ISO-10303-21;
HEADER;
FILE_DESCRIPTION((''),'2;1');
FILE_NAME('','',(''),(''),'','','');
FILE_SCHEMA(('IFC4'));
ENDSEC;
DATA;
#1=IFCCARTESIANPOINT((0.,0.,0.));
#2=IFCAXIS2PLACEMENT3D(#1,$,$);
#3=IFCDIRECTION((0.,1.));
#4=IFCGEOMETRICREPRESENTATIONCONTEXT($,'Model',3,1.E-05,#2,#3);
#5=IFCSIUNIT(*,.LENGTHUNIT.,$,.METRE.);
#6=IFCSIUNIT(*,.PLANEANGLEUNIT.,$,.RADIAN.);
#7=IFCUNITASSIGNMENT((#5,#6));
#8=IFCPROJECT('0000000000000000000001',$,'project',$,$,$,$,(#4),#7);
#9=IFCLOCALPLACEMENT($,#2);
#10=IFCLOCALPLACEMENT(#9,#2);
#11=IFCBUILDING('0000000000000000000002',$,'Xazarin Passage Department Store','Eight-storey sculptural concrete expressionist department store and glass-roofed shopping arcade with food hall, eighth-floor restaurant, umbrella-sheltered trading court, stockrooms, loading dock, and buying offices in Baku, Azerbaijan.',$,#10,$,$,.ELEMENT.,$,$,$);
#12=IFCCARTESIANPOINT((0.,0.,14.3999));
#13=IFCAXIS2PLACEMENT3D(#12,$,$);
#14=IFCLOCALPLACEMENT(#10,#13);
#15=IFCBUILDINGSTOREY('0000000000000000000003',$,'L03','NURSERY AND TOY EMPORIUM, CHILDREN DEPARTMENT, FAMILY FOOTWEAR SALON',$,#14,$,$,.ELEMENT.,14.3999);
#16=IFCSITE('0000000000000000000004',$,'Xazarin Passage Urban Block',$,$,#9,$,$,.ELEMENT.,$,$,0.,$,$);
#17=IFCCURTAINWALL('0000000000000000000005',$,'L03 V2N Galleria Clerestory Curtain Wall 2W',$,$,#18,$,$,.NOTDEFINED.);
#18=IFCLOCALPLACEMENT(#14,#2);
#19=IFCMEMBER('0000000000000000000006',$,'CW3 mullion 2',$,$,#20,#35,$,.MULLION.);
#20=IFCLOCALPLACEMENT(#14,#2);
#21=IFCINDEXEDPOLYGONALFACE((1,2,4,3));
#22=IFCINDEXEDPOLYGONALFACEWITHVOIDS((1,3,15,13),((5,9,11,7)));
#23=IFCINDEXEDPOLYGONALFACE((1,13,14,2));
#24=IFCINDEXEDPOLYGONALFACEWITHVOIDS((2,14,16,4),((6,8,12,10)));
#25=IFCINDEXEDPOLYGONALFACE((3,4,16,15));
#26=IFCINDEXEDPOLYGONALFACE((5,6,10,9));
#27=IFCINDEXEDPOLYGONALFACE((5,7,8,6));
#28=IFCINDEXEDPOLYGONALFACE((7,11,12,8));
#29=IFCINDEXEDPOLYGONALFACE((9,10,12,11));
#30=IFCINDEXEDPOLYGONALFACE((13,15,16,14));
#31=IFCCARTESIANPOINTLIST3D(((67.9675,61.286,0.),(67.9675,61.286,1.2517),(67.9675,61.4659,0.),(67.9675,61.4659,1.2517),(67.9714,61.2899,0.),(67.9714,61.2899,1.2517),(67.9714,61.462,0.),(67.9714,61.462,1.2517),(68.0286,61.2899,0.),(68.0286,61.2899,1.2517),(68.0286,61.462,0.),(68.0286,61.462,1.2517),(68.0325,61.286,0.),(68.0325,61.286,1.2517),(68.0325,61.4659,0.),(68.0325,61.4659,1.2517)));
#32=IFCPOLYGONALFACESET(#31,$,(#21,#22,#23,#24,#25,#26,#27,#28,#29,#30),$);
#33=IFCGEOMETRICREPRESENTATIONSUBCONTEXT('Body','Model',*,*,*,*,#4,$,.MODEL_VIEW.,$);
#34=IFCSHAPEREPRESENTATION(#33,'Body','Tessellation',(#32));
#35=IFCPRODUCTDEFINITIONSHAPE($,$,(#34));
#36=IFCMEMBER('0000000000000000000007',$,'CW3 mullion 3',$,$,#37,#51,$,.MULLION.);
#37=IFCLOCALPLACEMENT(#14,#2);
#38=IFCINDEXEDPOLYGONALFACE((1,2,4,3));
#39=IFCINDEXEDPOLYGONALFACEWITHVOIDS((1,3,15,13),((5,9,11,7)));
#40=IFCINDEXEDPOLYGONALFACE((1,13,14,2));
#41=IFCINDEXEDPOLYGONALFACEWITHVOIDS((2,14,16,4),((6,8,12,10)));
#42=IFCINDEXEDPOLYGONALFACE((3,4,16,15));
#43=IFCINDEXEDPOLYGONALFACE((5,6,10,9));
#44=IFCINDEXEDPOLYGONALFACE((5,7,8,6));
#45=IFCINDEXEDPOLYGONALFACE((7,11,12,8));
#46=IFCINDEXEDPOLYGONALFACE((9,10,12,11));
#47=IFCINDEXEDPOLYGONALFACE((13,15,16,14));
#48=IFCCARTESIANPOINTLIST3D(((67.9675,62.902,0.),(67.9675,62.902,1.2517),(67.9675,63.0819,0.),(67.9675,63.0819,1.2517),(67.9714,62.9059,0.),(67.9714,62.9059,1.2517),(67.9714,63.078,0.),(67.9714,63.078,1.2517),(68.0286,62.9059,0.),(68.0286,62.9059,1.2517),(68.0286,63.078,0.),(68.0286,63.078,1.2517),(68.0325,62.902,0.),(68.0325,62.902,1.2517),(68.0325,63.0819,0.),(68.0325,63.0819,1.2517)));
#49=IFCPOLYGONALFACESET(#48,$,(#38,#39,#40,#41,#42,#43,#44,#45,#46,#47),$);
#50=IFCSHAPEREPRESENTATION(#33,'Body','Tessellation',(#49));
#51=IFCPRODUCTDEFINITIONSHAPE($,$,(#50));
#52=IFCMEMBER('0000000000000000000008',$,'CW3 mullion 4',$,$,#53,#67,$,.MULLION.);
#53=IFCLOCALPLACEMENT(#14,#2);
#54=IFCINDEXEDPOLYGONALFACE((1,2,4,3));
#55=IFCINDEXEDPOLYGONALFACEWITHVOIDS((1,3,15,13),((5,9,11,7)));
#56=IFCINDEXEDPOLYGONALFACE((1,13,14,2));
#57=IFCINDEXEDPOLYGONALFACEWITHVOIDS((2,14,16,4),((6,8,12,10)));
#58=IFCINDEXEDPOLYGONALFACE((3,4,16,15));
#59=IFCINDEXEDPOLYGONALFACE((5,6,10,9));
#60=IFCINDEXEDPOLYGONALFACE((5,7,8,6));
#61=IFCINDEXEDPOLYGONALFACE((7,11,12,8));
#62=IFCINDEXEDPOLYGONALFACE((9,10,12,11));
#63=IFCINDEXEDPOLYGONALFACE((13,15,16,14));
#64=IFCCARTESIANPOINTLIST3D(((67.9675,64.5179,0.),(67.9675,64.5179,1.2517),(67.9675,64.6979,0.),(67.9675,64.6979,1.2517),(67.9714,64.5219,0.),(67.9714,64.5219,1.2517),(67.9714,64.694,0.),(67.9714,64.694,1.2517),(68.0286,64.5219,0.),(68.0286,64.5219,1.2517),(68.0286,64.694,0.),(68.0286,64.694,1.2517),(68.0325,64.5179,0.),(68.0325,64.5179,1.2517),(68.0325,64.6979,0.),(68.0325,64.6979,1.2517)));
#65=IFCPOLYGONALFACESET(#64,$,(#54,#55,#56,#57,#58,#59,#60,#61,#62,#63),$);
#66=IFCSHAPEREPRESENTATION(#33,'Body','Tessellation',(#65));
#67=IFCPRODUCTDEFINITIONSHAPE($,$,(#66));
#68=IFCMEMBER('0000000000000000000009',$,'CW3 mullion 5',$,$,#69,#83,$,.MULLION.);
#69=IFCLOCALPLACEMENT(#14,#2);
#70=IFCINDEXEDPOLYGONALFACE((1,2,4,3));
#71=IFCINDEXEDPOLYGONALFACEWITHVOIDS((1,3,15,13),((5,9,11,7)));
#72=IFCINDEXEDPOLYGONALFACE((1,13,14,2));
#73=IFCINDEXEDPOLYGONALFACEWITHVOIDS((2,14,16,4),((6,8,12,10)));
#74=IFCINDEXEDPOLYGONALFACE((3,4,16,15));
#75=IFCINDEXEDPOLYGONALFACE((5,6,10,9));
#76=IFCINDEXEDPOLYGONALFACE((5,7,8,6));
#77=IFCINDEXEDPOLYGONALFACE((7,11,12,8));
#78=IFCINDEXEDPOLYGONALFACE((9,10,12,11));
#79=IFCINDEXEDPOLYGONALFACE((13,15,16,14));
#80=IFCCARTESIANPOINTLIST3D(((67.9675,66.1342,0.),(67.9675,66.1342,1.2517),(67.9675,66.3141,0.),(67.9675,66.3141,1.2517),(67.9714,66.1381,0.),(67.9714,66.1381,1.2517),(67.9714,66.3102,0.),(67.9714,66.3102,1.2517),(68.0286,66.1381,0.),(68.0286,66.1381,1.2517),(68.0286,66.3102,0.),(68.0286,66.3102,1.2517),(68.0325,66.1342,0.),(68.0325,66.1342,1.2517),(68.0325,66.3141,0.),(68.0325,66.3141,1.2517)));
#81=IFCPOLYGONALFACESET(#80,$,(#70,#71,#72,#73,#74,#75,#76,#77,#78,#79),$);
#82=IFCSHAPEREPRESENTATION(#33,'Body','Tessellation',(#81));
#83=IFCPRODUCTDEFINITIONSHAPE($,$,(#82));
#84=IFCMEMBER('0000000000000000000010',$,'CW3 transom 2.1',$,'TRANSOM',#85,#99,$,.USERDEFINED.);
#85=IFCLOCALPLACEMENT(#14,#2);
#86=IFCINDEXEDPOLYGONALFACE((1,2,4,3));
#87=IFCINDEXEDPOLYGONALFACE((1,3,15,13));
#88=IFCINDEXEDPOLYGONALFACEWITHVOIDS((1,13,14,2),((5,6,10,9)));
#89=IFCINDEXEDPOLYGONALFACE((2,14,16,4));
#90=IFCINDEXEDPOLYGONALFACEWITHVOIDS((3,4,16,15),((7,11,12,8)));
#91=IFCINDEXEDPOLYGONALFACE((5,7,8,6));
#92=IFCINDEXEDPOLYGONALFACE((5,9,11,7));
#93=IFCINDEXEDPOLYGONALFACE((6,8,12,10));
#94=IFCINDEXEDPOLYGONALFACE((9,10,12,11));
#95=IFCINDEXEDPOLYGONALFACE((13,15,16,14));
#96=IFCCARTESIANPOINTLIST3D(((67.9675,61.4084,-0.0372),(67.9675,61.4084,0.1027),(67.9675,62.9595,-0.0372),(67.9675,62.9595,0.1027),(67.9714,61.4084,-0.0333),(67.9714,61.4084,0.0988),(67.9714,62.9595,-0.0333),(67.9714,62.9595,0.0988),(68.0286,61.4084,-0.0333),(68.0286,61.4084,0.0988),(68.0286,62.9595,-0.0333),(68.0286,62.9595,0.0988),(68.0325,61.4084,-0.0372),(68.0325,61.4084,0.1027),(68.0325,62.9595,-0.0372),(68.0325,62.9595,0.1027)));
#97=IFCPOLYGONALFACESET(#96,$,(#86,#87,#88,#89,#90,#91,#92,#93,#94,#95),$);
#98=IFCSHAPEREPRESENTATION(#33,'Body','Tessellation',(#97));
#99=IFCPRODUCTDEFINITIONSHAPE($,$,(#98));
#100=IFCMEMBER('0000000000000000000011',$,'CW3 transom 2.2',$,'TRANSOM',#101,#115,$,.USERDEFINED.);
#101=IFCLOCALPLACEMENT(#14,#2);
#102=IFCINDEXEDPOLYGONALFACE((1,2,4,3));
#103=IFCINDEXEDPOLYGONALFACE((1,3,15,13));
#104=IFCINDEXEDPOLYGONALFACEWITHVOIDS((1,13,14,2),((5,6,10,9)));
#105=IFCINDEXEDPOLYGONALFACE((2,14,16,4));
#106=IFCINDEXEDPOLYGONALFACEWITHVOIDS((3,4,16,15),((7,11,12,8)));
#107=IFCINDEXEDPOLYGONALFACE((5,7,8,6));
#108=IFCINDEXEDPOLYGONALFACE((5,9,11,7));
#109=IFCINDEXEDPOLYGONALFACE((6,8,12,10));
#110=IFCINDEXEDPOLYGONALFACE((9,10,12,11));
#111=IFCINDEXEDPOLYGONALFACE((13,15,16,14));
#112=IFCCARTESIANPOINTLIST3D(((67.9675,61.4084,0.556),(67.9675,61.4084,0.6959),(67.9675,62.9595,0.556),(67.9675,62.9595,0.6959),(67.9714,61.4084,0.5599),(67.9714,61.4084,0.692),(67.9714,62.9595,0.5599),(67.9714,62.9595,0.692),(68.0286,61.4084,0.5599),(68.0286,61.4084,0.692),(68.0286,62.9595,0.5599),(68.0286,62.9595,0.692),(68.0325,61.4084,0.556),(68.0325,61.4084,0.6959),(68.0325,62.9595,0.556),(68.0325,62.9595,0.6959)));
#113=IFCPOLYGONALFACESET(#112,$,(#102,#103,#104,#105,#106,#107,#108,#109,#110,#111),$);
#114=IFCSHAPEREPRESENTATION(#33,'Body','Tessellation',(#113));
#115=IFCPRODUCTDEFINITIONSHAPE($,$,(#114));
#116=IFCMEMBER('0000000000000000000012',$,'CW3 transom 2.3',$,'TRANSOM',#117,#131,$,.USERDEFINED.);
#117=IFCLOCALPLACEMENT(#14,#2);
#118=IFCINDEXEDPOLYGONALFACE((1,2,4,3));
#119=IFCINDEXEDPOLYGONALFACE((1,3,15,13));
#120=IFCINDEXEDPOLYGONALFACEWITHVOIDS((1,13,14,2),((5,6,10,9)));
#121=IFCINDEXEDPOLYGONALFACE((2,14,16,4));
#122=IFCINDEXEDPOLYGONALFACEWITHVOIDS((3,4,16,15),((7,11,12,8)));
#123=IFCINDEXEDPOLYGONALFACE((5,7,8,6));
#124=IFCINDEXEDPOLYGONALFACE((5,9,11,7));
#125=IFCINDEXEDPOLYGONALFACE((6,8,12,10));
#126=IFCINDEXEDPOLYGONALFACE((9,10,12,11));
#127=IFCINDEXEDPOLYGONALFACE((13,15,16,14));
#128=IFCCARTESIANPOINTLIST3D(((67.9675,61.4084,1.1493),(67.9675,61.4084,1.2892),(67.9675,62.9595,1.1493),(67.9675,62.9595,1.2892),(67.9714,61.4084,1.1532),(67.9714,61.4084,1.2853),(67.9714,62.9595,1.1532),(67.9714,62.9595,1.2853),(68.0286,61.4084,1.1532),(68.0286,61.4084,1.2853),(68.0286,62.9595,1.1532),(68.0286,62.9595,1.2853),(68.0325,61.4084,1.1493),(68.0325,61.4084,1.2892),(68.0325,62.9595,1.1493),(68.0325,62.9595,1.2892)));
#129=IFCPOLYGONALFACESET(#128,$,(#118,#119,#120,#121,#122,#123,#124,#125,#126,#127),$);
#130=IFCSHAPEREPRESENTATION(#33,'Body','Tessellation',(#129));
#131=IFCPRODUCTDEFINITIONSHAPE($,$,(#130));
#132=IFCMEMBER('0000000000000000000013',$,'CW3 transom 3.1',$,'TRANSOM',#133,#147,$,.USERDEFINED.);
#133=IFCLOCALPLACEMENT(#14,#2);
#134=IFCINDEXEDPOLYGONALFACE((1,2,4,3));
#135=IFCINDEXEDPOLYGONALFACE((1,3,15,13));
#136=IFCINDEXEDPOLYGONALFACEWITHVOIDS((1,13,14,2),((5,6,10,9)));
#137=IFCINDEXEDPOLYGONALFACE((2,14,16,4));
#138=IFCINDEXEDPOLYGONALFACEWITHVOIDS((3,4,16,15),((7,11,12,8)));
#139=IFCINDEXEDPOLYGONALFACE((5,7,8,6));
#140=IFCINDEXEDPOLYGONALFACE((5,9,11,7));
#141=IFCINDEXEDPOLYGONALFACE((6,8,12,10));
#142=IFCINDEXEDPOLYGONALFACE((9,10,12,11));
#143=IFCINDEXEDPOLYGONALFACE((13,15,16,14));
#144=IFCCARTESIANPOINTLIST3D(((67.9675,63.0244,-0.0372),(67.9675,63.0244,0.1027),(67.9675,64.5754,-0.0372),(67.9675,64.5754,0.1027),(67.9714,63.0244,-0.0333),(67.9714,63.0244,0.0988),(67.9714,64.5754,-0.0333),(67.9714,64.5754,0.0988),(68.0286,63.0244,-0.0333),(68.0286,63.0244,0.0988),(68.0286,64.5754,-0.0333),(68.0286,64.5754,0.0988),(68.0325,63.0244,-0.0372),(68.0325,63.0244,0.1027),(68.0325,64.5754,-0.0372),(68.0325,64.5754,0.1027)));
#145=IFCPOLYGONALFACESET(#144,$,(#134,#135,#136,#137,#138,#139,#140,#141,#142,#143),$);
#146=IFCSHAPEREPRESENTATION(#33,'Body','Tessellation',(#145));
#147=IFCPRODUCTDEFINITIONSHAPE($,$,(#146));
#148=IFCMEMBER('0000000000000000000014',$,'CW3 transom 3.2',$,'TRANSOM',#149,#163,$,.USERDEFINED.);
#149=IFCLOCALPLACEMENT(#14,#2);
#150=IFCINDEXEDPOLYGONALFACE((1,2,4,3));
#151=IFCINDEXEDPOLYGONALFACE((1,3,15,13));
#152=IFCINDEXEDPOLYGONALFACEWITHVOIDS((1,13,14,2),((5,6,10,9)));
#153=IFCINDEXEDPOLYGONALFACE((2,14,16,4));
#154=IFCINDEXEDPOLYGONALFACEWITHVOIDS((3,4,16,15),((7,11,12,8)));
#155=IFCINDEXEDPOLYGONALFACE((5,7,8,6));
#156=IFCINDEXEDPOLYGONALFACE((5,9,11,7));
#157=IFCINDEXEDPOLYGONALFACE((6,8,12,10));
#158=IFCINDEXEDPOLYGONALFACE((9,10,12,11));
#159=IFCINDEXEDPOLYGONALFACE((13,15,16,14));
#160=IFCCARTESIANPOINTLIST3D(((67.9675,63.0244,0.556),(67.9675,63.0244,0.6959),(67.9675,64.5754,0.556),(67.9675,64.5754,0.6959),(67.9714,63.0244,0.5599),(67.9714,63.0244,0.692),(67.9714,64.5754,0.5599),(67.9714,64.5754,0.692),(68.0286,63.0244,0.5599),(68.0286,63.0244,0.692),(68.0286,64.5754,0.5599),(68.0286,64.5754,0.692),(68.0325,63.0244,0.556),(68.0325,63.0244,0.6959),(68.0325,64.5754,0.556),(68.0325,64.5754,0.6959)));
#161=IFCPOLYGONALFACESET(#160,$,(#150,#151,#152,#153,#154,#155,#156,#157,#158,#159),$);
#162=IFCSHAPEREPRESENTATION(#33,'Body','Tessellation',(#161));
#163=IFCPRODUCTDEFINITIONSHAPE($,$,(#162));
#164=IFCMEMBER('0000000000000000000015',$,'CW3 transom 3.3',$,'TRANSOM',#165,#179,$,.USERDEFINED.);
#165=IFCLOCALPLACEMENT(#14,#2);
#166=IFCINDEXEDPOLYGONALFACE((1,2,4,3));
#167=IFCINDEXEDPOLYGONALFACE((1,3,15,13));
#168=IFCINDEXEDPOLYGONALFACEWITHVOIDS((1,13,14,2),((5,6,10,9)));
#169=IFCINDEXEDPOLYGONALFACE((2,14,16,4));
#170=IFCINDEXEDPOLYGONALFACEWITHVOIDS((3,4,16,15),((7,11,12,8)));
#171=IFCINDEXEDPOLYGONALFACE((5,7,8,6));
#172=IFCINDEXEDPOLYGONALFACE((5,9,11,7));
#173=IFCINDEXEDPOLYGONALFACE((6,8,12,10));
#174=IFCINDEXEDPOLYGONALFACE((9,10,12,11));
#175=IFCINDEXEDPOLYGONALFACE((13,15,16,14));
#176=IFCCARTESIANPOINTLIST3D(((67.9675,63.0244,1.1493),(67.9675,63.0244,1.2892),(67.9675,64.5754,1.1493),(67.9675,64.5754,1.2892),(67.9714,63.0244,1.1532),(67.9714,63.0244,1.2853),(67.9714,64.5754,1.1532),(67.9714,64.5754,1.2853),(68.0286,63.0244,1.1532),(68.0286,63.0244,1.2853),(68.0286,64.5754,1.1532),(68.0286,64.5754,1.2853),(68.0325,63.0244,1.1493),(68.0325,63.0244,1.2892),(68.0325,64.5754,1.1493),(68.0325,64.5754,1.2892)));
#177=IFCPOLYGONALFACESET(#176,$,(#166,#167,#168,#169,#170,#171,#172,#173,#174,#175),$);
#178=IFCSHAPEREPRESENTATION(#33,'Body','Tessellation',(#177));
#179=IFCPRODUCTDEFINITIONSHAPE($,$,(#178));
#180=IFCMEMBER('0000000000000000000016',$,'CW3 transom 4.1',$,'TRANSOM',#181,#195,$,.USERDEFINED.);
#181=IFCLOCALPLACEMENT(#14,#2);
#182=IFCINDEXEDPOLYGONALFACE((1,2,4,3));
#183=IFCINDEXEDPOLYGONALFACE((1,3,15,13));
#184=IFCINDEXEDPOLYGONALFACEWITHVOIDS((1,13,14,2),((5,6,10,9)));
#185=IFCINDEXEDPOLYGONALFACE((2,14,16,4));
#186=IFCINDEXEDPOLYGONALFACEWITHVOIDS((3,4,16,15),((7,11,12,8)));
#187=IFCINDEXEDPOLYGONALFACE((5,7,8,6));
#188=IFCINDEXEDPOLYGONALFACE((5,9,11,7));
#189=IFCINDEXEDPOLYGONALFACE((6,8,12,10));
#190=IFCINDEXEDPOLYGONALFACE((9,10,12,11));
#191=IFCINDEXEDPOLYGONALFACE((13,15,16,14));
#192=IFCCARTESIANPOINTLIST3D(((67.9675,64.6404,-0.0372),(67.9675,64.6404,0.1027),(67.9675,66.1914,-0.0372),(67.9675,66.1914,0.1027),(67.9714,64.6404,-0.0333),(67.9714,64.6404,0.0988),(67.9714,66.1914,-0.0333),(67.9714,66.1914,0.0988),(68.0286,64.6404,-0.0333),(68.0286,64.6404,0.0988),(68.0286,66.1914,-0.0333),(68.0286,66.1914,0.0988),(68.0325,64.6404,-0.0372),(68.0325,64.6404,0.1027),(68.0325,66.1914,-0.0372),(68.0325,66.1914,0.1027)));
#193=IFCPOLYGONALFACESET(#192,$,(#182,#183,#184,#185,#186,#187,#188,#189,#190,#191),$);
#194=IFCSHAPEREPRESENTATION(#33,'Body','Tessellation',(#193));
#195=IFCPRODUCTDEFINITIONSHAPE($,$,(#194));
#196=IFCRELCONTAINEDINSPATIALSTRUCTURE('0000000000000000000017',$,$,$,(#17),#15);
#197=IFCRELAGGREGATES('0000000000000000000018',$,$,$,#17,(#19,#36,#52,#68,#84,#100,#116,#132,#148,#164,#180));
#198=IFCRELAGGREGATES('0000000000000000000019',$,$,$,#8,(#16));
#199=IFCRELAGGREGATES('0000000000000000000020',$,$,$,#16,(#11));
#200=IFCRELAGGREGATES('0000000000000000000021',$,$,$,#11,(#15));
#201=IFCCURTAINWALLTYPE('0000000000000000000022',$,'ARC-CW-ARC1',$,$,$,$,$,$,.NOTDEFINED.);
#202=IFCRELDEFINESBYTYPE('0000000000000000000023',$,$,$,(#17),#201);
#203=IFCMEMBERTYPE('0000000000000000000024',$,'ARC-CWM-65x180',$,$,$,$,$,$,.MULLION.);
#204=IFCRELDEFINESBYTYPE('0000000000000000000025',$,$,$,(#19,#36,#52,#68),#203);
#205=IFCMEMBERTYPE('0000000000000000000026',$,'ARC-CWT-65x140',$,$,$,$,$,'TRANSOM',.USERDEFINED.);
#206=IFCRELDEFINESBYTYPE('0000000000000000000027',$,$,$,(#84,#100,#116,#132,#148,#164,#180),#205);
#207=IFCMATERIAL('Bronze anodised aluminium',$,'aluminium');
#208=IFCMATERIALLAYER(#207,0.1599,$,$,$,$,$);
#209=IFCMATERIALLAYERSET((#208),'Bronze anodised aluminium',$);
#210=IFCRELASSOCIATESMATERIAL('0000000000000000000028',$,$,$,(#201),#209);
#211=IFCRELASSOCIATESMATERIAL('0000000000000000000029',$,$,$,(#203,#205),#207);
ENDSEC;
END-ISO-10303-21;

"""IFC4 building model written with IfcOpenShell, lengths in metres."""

from ifc_helpers import new_model, si_unit, direction, frame, origin, origin_2d, place, context, subcontext, project, spatial, hollow_rectangle, extrude, material, layer, layer_set, material_profile, profile_set, type_object, element, aggregate, save


model = new_model("IFC4")

# Units and contexts
model_context = context("Model", 3, precision=1e-05, world=origin(), true_north=direction((0.0, 1.0)))
body_context = subcontext(model_context, "Body", "Model", "MODEL_VIEW")
ifc_project = project(units=[si_unit("LENGTHUNIT", "METRE"), si_unit("PLANEANGLEUNIT", "RADIAN")], contexts=[model_context])

# Site, building, storey
site_placement = place(None, origin())
site = spatial("IfcSite", under=ifc_project, at=site_placement, Name="Xazarin Passage Urban Block", CompositionType="ELEMENT", RefElevation=0.0)
building_placement = place(site_placement, origin())
building = spatial("IfcBuilding", under=site, at=building_placement, Name="Xazarin Passage Department Store", Description="Eight-storey sculptural concrete expressionist department store and glass-roofed shopping arcade with food hall, eighth-floor restaurant, umbrella-sheltered trading court, stockrooms, loading dock, and buying offices in Baku, Azerbaijan.", CompositionType="ELEMENT")
storey_placement = place(building_placement, frame((0.0, 0.0, 14.3999)))
storey = spatial("IfcBuildingStorey", under=building, at=storey_placement, Name="L03", Description="NURSERY AND TOY EMPORIUM, CHILDREN DEPARTMENT, FAMILY FOOTWEAR SALON", CompositionType="ELEMENT", Elevation=14.3999)

# Curtain wall, members
ifc_material_1 = material(Name="Bronze anodised aluminium", Category="aluminium")
ifc_layer_1 = layer(ifc_material_1, 0.1599)
ifc_layer_set_1 = layer_set([ifc_layer_1], Name="Bronze anodised aluminium")
curtain_wall_type = type_object("IfcCurtainWallType", Name="ARC-CW-ARC1", PredefinedType="NOTDEFINED", material=ifc_layer_set_1)
curtain_wall_placement = place(storey_placement, origin())
curtain_wall = element("IfcCurtainWall", 1, at=curtain_wall_placement, inside=storey, type_object=curtain_wall_type, Name="L03 V2N Galleria Clerestory Curtain Wall 2W", PredefinedType="NOTDEFINED")
ifc_material_profile_1 = material_profile(ifc_material_1, hollow_rectangle(XDim=0.0649, YDim=0.1799, WallThickness=0.0039, at=origin_2d()), Name="ALU 65x180")
ifc_profile_set_1 = profile_set([ifc_material_profile_1], Name="Bronze anodised aluminium")
member_type_1 = type_object("IfcMemberType", Name="ARC-CWM-65x180", PredefinedType="MULLION", material=ifc_profile_set_1)
member_1_placement = place(storey_placement, frame((68.0, 61.376, 0.0), z_axis=(0.0, 0.0, 1.0), x_axis=(-1.0, 0.0, 0.0)))
member_1 = element("IfcMember", 2, at=member_1_placement, type_object=member_type_1, Name="CW3 mullion 2", PredefinedType="MULLION", context=body_context, shape_type="SweptSolid", body=[
    extrude(hollow_rectangle(XDim=0.0649, YDim=0.1799, WallThickness=0.0039, at=origin_2d()), origin(), (0.0, 0.0, 1.0), 1.2517),
])
member_2_placement = place(storey_placement, frame((68.0, 62.9919, 0.0), z_axis=(0.0, 0.0, 1.0), x_axis=(-1.0, 0.0, 0.0)))
member_2 = element("IfcMember", 3, at=member_2_placement, type_object=member_type_1, Name="CW3 mullion 3", PredefinedType="MULLION", context=body_context, shape_type="SweptSolid", body=[
    extrude(hollow_rectangle(XDim=0.0649, YDim=0.1799, WallThickness=0.0039, at=origin_2d()), origin(), (0.0, 0.0, 1.0), 1.2517),
])
member_3_placement = place(storey_placement, frame((68.0, 64.6079, 0.0), z_axis=(0.0, 0.0, 1.0), x_axis=(-1.0, 0.0, 0.0)))
member_3 = element("IfcMember", 4, at=member_3_placement, type_object=member_type_1, Name="CW3 mullion 4", PredefinedType="MULLION", context=body_context, shape_type="SweptSolid", body=[
    extrude(hollow_rectangle(XDim=0.0649, YDim=0.1799, WallThickness=0.0039, at=origin_2d()), origin(), (0.0, 0.0, 1.0), 1.2517),
])
member_4_placement = place(storey_placement, frame((68.0, 66.2241, 0.0), z_axis=(0.0, 0.0, 1.0), x_axis=(-1.0, 0.0, 0.0)))
member_4 = element("IfcMember", 5, at=member_4_placement, type_object=member_type_1, Name="CW3 mullion 5", PredefinedType="MULLION", context=body_context, shape_type="SweptSolid", body=[
    extrude(hollow_rectangle(XDim=0.0649, YDim=0.1799, WallThickness=0.0039, at=origin_2d()), origin(), (0.0, 0.0, 1.0), 1.2517),
])
ifc_material_profile_2 = material_profile(ifc_material_1, hollow_rectangle(XDim=0.0649, YDim=0.1399, WallThickness=0.0039, at=origin_2d()), Name="ALU 65x140")
ifc_profile_set_2 = profile_set([ifc_material_profile_2], Name="Bronze anodised aluminium")
member_type_2 = type_object("IfcMemberType", Name="ARC-CWT-65x140", ElementType="TRANSOM", PredefinedType="USERDEFINED", material=ifc_profile_set_2)
member_5_placement = place(storey_placement, frame((68.0, 61.4084, 0.0327), z_axis=(0.0, 1.0, 0.0), x_axis=(-1.0, 0.0, 0.0)))
member_5 = element("IfcMember", 6, at=member_5_placement, type_object=member_type_2, Name="CW3 transom 2.1", ObjectType="TRANSOM", PredefinedType="USERDEFINED", context=body_context, shape_type="SweptSolid", body=[
    extrude(hollow_rectangle(XDim=0.0649, YDim=0.1399, WallThickness=0.0039, at=origin_2d()), origin(), (0.0, 0.0, 1.0), 1.551),
])
member_6_placement = place(storey_placement, frame((68.0, 61.4084, 0.626), z_axis=(0.0, 1.0, 0.0), x_axis=(-1.0, 0.0, 0.0)))
member_6 = element("IfcMember", 7, at=member_6_placement, type_object=member_type_2, Name="CW3 transom 2.2", ObjectType="TRANSOM", PredefinedType="USERDEFINED", context=body_context, shape_type="SweptSolid", body=[
    extrude(hollow_rectangle(XDim=0.0649, YDim=0.1399, WallThickness=0.0039, at=origin_2d()), origin(), (0.0, 0.0, 1.0), 1.551),
])
member_7_placement = place(storey_placement, frame((68.0, 61.4084, 1.2192), z_axis=(0.0, 1.0, 0.0), x_axis=(-1.0, 0.0, 0.0)))
member_7 = element("IfcMember", 8, at=member_7_placement, type_object=member_type_2, Name="CW3 transom 2.3", ObjectType="TRANSOM", PredefinedType="USERDEFINED", context=body_context, shape_type="SweptSolid", body=[
    extrude(hollow_rectangle(XDim=0.0649, YDim=0.1399, WallThickness=0.0039, at=origin_2d()), origin(), (0.0, 0.0, 1.0), 1.551),
])
member_8_placement = place(storey_placement, frame((68.0, 63.0244, 0.0327), z_axis=(0.0, 1.0, 0.0), x_axis=(-1.0, 0.0, 0.0)))
member_8 = element("IfcMember", 9, at=member_8_placement, type_object=member_type_2, Name="CW3 transom 3.1", ObjectType="TRANSOM", PredefinedType="USERDEFINED", context=body_context, shape_type="SweptSolid", body=[
    extrude(hollow_rectangle(XDim=0.0649, YDim=0.1399, WallThickness=0.0039, at=origin_2d()), origin(), (0.0, 0.0, 1.0), 1.551),
])
member_9_placement = place(storey_placement, frame((68.0, 63.0244, 0.626), z_axis=(0.0, 1.0, 0.0), x_axis=(-1.0, 0.0, 0.0)))
member_9 = element("IfcMember", 10, at=member_9_placement, type_object=member_type_2, Name="CW3 transom 3.2", ObjectType="TRANSOM", PredefinedType="USERDEFINED", context=body_context, shape_type="SweptSolid", body=[
    extrude(hollow_rectangle(XDim=0.0649, YDim=0.1399, WallThickness=0.0039, at=origin_2d()), origin(), (0.0, 0.0, 1.0), 1.551),
])
member_10_placement = place(storey_placement, frame((68.0, 63.0244, 1.2192), z_axis=(0.0, 1.0, 0.0), x_axis=(-1.0, 0.0, 0.0)))
member_10 = element("IfcMember", 11, at=member_10_placement, type_object=member_type_2, Name="CW3 transom 3.3", ObjectType="TRANSOM", PredefinedType="USERDEFINED", context=body_context, shape_type="SweptSolid", body=[
    extrude(hollow_rectangle(XDim=0.0649, YDim=0.1399, WallThickness=0.0039, at=origin_2d()), origin(), (0.0, 0.0, 1.0), 1.551),
])
member_11_placement = place(storey_placement, frame((68.0, 64.6404, 0.0327), z_axis=(0.0, 1.0, 0.0), x_axis=(-1.0, 0.0, 0.0)))
member_11 = element("IfcMember", 12, at=member_11_placement, type_object=member_type_2, Name="CW3 transom 4.1", ObjectType="TRANSOM", PredefinedType="USERDEFINED", context=body_context, shape_type="SweptSolid", body=[
    extrude(hollow_rectangle(XDim=0.0649, YDim=0.1399, WallThickness=0.0039, at=origin_2d()), origin(), (0.0, 0.0, 1.0), 1.551),
])
aggregate(curtain_wall, [member_1, member_2, member_3, member_4, member_5, member_6, member_7, member_8, member_9, member_10, member_11])

save(model, "model.ifc")
